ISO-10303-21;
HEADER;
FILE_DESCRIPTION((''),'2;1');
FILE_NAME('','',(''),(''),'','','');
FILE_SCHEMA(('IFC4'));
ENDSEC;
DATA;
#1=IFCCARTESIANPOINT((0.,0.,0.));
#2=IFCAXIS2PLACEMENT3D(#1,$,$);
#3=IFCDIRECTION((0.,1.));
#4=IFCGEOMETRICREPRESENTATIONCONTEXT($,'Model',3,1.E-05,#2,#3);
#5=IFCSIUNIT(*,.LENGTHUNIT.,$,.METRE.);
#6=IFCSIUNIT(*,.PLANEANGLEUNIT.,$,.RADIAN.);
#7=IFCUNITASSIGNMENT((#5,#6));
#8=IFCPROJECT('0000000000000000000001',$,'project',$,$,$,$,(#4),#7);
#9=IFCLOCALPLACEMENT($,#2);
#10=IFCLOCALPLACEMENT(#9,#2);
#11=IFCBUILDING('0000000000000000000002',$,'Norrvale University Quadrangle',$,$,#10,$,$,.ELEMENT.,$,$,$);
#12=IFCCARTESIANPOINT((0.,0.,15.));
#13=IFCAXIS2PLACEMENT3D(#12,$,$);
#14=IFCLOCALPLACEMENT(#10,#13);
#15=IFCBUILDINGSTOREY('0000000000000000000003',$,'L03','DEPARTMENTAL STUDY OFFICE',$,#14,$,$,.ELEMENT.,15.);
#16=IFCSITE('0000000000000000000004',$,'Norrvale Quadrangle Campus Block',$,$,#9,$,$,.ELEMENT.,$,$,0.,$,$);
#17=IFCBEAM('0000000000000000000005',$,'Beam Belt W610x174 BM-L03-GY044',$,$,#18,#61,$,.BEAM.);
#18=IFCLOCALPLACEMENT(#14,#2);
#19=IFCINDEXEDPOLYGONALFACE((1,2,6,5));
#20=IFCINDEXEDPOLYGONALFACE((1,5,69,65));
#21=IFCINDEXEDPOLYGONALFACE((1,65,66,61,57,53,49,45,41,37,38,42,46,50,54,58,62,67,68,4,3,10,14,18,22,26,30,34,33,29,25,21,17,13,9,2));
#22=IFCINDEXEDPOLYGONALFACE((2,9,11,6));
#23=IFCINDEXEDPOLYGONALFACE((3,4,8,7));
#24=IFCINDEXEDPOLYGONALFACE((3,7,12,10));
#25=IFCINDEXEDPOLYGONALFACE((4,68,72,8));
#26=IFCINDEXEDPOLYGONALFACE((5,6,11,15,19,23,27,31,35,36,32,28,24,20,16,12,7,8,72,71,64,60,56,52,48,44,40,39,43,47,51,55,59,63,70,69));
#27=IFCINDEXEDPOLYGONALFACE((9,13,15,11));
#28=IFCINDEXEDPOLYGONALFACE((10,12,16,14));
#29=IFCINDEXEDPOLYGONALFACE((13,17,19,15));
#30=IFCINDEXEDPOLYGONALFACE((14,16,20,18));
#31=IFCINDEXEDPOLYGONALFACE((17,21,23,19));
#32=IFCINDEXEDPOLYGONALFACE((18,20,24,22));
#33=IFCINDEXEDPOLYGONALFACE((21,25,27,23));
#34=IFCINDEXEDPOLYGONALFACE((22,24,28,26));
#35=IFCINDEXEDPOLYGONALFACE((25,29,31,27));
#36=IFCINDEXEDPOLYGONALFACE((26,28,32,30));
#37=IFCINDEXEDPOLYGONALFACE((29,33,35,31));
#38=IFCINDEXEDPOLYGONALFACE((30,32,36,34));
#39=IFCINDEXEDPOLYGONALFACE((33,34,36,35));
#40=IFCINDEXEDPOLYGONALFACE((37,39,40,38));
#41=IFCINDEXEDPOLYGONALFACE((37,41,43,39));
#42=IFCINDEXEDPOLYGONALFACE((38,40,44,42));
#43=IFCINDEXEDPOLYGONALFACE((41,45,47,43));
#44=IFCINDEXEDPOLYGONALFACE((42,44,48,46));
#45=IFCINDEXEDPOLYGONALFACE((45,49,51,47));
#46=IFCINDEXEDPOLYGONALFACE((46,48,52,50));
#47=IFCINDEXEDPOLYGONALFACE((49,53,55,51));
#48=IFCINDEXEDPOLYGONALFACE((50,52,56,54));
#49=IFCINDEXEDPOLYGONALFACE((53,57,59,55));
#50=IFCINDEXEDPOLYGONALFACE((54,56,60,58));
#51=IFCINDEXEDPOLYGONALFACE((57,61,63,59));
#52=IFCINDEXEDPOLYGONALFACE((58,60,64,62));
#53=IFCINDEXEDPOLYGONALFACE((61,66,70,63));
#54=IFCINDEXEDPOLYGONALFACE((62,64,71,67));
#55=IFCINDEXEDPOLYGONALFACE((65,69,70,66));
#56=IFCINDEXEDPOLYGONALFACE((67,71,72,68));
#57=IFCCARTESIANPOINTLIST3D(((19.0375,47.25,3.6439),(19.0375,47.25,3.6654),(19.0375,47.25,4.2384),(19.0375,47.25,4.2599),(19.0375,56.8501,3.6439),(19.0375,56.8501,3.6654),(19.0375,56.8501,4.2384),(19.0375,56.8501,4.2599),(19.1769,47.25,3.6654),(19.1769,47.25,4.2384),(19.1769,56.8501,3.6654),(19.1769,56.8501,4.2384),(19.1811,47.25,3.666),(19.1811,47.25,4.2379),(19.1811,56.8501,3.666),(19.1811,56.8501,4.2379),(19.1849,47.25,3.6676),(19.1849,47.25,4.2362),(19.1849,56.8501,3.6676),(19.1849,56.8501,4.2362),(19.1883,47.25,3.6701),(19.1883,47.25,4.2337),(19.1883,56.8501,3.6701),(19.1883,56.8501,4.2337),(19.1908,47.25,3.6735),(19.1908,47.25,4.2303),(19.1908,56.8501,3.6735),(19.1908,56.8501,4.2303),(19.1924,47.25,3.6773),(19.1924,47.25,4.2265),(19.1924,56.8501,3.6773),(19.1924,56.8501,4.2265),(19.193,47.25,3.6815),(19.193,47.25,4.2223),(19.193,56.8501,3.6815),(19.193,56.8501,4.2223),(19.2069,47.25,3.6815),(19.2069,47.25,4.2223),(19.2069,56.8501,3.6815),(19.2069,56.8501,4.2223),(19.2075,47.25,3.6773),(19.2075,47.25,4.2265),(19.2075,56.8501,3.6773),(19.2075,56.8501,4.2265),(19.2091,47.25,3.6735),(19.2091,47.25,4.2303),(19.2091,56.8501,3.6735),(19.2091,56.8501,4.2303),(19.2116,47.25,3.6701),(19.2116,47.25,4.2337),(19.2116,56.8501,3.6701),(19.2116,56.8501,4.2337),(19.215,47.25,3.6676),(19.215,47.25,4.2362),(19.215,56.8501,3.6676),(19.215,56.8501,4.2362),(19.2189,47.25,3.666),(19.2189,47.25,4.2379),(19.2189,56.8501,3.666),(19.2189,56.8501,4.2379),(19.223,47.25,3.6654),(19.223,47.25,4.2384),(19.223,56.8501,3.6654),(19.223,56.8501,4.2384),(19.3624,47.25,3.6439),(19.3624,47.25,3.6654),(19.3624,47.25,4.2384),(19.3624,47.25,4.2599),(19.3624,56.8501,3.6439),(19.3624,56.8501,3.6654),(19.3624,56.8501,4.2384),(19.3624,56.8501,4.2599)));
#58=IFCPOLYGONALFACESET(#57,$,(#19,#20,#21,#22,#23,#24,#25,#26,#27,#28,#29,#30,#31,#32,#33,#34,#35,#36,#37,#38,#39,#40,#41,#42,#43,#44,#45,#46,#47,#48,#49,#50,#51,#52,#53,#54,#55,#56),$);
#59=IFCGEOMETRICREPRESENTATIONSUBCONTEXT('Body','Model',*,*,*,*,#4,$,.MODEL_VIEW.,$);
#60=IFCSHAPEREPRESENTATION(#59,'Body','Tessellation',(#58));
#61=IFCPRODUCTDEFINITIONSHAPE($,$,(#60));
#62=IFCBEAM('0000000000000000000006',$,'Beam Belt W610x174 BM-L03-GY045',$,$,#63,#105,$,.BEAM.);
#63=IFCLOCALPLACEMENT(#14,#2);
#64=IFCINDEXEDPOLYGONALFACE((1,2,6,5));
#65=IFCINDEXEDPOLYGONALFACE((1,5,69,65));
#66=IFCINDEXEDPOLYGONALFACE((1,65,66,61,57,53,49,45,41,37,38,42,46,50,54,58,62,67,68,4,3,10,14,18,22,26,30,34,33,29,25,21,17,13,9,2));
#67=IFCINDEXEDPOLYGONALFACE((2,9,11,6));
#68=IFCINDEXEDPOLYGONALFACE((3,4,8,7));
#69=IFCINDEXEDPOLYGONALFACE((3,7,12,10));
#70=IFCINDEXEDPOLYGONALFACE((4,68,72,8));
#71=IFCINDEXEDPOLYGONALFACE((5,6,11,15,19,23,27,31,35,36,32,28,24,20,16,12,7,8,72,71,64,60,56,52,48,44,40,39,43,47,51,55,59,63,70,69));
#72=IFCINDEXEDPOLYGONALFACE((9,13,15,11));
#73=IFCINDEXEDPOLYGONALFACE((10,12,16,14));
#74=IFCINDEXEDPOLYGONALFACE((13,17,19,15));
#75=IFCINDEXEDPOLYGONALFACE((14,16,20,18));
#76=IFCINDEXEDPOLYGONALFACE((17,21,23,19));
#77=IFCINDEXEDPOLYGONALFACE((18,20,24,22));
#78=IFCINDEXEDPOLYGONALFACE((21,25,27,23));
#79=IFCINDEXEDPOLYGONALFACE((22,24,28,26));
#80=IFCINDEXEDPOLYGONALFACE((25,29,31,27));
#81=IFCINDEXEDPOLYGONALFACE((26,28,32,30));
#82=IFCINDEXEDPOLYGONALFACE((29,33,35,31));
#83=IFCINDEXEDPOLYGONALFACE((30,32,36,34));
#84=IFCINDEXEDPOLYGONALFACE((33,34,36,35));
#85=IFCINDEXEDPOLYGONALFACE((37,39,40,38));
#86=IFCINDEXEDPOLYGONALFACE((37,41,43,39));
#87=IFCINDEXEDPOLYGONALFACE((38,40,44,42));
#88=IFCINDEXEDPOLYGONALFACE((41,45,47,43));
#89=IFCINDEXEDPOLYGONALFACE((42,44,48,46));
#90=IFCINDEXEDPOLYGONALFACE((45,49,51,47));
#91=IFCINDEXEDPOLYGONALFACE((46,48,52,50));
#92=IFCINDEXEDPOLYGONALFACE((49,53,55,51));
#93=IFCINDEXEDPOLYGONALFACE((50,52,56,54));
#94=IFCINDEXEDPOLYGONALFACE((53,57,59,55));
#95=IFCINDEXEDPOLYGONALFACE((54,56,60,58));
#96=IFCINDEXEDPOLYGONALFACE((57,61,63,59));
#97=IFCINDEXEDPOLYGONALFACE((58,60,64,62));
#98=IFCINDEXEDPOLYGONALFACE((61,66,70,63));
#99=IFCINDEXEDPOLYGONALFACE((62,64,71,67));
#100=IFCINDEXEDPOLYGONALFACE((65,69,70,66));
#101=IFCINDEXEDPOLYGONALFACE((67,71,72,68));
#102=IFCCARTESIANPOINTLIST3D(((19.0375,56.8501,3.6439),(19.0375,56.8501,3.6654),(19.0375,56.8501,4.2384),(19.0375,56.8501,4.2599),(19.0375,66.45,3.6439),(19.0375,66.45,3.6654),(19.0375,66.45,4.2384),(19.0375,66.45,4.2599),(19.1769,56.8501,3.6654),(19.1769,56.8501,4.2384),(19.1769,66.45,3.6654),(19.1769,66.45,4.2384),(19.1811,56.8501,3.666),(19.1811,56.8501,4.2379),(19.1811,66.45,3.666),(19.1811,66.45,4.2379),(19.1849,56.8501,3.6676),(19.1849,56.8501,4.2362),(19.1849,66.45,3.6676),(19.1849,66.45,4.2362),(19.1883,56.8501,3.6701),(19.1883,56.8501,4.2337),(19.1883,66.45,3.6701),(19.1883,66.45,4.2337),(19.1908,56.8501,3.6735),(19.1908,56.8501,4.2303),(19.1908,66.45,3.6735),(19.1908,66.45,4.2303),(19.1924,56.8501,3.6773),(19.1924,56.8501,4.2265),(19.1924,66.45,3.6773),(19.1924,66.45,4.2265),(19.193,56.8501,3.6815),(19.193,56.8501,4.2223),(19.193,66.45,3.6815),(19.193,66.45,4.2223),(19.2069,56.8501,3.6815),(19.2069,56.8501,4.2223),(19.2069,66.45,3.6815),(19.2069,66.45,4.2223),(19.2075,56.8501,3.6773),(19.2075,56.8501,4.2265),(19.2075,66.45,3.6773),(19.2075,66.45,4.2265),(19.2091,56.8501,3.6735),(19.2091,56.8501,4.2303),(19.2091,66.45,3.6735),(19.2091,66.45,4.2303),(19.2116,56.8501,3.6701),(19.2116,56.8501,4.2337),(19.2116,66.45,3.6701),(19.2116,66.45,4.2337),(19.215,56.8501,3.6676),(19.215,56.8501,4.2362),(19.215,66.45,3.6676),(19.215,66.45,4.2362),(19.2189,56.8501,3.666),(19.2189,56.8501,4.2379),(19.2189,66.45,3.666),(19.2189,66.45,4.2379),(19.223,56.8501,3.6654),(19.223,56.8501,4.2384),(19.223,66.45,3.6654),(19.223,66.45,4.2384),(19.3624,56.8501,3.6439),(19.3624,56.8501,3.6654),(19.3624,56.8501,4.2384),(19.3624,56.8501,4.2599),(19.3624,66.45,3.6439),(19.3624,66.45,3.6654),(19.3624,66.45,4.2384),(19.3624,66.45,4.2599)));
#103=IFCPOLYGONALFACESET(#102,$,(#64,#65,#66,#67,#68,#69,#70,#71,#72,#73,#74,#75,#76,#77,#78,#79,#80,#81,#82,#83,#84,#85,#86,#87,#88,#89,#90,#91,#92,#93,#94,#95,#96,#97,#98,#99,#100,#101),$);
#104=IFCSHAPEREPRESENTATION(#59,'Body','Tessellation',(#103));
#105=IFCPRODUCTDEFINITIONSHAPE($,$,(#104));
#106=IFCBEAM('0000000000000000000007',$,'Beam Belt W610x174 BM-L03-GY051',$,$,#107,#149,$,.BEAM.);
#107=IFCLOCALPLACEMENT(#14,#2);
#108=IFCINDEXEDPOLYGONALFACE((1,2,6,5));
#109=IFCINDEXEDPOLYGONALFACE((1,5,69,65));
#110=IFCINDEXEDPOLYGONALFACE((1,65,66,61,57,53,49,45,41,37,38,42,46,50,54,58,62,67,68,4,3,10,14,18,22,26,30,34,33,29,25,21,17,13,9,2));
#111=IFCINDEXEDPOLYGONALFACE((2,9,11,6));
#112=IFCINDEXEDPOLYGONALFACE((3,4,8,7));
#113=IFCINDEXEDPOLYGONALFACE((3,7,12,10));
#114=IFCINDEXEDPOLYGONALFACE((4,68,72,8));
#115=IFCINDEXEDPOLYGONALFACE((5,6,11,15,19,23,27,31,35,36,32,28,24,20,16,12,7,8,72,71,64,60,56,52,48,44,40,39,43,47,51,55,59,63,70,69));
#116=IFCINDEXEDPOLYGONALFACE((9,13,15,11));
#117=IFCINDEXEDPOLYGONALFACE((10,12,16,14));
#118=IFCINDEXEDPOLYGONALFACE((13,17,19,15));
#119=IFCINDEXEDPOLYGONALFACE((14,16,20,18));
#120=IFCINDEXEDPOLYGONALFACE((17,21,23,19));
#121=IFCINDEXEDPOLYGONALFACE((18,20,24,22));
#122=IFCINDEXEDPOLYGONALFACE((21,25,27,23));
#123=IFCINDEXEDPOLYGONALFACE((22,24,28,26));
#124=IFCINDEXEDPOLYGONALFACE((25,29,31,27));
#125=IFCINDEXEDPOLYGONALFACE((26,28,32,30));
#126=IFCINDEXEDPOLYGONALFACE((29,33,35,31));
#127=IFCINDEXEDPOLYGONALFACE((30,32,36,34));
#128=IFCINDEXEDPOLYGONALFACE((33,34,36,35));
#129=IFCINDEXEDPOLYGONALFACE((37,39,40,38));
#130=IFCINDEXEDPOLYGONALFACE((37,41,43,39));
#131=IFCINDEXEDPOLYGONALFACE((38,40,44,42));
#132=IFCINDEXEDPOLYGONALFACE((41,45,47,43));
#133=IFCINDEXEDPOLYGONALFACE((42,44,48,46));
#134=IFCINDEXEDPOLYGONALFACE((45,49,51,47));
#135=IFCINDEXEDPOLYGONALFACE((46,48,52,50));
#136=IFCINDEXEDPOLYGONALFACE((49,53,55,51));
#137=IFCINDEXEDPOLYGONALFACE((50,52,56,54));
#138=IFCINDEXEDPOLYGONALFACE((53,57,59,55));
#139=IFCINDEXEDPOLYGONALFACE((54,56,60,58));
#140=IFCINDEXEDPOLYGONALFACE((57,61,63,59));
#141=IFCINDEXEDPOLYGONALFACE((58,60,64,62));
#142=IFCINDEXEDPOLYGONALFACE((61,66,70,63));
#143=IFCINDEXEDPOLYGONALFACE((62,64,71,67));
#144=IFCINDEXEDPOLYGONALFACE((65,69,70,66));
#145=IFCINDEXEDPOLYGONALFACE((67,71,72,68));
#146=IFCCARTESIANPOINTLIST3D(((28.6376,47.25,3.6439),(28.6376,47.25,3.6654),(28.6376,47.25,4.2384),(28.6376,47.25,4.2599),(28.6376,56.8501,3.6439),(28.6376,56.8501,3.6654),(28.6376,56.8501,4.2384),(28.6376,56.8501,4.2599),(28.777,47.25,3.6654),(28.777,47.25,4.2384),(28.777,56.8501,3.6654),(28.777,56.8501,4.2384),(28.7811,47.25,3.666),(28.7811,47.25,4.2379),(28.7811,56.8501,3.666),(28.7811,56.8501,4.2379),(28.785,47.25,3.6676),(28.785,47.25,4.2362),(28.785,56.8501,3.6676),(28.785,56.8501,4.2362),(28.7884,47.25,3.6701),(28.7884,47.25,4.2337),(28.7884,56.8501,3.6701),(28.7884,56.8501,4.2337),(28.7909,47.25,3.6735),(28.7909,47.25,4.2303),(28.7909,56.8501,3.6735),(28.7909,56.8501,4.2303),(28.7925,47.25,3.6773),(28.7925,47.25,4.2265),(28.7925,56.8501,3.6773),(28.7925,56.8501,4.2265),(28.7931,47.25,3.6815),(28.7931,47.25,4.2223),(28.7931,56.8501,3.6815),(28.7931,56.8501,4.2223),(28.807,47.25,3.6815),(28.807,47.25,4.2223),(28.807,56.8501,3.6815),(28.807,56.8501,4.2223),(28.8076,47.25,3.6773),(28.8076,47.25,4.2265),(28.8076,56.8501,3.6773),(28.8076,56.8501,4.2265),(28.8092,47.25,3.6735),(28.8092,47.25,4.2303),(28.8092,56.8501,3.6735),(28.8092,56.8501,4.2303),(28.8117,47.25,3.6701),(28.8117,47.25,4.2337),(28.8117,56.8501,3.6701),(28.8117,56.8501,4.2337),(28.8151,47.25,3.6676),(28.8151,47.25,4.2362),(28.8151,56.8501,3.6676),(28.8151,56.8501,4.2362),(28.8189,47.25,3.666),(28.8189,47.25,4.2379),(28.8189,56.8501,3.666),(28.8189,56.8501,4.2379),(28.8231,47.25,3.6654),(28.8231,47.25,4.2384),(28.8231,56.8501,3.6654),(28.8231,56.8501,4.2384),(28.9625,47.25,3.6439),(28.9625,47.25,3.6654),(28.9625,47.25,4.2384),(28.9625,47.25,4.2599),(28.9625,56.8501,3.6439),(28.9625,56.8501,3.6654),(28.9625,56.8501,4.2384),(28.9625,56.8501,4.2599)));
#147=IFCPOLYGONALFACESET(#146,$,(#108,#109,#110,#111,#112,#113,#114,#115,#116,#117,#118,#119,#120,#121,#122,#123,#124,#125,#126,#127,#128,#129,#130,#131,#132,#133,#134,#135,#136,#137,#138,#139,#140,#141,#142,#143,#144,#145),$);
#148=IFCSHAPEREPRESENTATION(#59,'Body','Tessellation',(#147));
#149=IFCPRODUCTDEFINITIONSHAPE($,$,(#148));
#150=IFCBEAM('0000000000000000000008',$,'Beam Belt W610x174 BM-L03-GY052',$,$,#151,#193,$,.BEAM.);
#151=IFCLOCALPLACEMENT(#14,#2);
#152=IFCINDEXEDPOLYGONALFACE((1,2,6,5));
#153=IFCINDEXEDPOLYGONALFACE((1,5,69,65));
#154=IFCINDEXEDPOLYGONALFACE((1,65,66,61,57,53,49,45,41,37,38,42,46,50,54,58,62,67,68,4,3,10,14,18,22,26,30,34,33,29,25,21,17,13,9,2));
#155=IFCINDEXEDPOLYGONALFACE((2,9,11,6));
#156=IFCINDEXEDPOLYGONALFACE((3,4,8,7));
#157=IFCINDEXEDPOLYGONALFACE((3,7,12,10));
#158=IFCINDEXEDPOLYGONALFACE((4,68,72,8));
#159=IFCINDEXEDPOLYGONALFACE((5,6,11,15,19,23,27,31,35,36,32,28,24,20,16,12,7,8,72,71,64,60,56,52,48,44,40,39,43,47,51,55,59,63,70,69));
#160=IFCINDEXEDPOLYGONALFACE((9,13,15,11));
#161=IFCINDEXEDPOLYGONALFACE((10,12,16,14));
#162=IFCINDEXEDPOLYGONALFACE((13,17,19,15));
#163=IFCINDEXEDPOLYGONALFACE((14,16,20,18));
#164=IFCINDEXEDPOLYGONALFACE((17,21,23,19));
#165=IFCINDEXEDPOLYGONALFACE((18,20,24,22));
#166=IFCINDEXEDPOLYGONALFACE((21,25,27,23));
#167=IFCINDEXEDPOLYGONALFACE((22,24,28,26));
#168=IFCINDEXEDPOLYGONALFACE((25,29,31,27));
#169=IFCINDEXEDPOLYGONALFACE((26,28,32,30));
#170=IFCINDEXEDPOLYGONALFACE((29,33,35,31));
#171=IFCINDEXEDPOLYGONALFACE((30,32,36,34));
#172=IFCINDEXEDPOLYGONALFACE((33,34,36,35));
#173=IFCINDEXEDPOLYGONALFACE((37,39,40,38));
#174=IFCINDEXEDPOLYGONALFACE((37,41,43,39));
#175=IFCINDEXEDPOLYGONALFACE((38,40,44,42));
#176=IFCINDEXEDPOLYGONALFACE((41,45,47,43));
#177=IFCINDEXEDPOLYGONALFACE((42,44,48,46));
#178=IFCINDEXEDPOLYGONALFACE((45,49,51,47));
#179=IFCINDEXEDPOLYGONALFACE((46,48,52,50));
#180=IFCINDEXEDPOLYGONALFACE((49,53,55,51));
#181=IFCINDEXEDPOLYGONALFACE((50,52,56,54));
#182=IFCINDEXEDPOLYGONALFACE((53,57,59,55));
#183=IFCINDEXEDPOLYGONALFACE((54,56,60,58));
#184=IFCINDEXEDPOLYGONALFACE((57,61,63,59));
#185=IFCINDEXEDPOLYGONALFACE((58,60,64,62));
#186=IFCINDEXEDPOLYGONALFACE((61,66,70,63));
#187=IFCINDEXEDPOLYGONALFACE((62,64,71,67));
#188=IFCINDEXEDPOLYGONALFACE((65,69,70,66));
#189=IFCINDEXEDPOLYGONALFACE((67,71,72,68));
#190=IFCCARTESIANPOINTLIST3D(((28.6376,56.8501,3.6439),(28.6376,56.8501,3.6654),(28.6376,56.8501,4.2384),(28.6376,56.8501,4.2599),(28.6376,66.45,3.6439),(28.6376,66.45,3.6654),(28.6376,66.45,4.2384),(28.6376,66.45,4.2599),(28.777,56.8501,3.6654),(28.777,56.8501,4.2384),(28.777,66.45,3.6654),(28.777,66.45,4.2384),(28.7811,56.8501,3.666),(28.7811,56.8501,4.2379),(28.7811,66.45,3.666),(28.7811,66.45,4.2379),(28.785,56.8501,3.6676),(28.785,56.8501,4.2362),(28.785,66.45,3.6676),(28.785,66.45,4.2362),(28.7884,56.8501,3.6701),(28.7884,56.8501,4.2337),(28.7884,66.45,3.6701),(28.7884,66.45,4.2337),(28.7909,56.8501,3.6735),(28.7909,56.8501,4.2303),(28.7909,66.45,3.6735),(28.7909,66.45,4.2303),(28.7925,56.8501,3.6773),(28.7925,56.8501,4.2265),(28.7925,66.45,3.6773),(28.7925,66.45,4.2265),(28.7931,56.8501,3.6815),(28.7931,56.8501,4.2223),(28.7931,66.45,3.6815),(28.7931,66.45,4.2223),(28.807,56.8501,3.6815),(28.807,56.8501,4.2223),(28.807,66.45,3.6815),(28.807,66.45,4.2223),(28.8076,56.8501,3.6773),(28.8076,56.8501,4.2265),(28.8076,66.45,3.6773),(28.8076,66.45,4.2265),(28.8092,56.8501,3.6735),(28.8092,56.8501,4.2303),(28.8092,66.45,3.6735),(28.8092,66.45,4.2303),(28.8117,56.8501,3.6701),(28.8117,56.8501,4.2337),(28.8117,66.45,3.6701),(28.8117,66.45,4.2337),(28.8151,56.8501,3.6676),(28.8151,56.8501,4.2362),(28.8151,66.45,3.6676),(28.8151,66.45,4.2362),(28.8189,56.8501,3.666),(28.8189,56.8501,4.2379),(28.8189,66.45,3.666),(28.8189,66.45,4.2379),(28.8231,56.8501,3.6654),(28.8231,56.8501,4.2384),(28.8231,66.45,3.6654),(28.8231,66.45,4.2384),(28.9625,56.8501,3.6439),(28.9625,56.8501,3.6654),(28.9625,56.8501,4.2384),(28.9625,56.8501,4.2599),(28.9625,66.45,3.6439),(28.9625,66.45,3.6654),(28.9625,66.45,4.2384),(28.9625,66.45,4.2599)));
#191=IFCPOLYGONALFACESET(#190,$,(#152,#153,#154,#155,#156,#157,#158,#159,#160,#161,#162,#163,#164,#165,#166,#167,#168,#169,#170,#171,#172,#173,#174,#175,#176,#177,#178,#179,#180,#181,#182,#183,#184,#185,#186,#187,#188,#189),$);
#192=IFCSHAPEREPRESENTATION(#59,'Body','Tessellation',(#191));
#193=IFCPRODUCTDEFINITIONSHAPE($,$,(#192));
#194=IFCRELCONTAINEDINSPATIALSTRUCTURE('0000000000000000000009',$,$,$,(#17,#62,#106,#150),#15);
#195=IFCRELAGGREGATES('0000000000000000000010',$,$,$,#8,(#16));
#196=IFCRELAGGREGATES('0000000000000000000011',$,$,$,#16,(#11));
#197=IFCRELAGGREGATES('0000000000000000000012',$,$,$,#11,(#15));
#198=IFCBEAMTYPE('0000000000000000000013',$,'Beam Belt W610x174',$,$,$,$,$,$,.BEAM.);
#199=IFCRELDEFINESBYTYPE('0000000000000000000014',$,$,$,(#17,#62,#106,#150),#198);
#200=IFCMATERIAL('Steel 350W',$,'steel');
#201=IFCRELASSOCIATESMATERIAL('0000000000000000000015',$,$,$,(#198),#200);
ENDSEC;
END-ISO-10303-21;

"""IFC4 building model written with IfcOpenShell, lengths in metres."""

from ifc_helpers import new_model, si_unit, direction, frame, origin, origin_2d, place, context, subcontext, project, spatial, i_section, extrude, material, material_profile, profile_set, type_object, element, save


model = new_model("IFC4")

# Units and contexts
model_context = context("Model", 3, precision=1e-05, world=origin(), true_north=direction((0.0, 1.0)))
body_context = subcontext(model_context, "Body", "Model", "MODEL_VIEW")
ifc_project = project(units=[si_unit("LENGTHUNIT", "METRE"), si_unit("PLANEANGLEUNIT", "RADIAN")], contexts=[model_context])

# Site, building, storey
site_placement = place(None, origin())
site = spatial("IfcSite", under=ifc_project, at=site_placement, Name="Norrvale Quadrangle Campus Block", CompositionType="ELEMENT", RefElevation=0.0)
building_placement = place(site_placement, origin())
building = spatial("IfcBuilding", under=site, at=building_placement, Name="Norrvale University Quadrangle", CompositionType="ELEMENT")
storey_placement = place(building_placement, frame((0.0, 0.0, 15.0)))
storey = spatial("IfcBuildingStorey", under=building, at=storey_placement, Name="L03", Description="DEPARTMENTAL STUDY OFFICE", CompositionType="ELEMENT", Elevation=15.0)

# Beams
ifc_material_1 = material(Name="Steel 350W", Category="steel")
ifc_material_profile_1 = material_profile(ifc_material_1, i_section(OverallWidth=0.325, OverallDepth=0.616, WebThickness=0.0139, FlangeThickness=0.0215, FilletRadius=0.0161, at=origin_2d()), Name="Steel 350W")
ifc_profile_set_1 = profile_set([ifc_material_profile_1], Name="Steel 350W")
beam_type_1 = type_object("IfcBeamType", Name="Beam Belt W610x174", PredefinedType="BEAM", material=ifc_profile_set_1)
for number, where, z_axis, x_axis, name in (
    (1, (19.2, 47.25, 3.9519), (0.0, 1.0, 0.0), (-1.0, 0.0, 0.0), "Beam Belt W610x174 BM-L03-GY044"),
):
    element("IfcBeam", number, at=place(storey_placement, frame(where, z_axis=z_axis, x_axis=x_axis)), inside=storey, type_object=beam_type_1, Name=name, PredefinedType="BEAM", context=body_context, shape_type="SweptSolid", body=[
        extrude(i_section(OverallWidth=0.325, OverallDepth=0.616, WebThickness=0.0139, FlangeThickness=0.0215, FilletRadius=0.0161, at=origin_2d()), origin(), (0.0, 0.0, 1.0), 9.6001),
    ])
beam_1_placement = place(storey_placement, frame((19.2, 56.8501, 3.9519), z_axis=(0.0, 1.0, 0.0), x_axis=(-1.0, 0.0, 0.0)))
element("IfcBeam", 2, at=beam_1_placement, inside=storey, type_object=beam_type_1, Name="Beam Belt W610x174 BM-L03-GY045", PredefinedType="BEAM", context=body_context, shape_type="SweptSolid", body=[
    extrude(i_section(OverallWidth=0.325, OverallDepth=0.616, WebThickness=0.0139, FlangeThickness=0.0215, FilletRadius=0.0161, at=origin_2d()), origin(), (0.0, 0.0, 1.0), 9.5999),
])
beam_2_placement = place(storey_placement, frame((28.8, 47.25, 3.9519), z_axis=(0.0, 1.0, 0.0), x_axis=(-1.0, 0.0, 0.0)))
element("IfcBeam", 3, at=beam_2_placement, inside=storey, type_object=beam_type_1, Name="Beam Belt W610x174 BM-L03-GY051", PredefinedType="BEAM", context=body_context, shape_type="SweptSolid", body=[
    extrude(i_section(OverallWidth=0.325, OverallDepth=0.616, WebThickness=0.0139, FlangeThickness=0.0215, FilletRadius=0.0161, at=origin_2d()), origin(), (0.0, 0.0, 1.0), 9.6001),
])
beam_3_placement = place(storey_placement, frame((28.8, 56.8501, 3.9519), z_axis=(0.0, 1.0, 0.0), x_axis=(-1.0, 0.0, 0.0)))
element("IfcBeam", 4, at=beam_3_placement, inside=storey, type_object=beam_type_1, Name="Beam Belt W610x174 BM-L03-GY052", PredefinedType="BEAM", context=body_context, shape_type="SweptSolid", body=[
    extrude(i_section(OverallWidth=0.325, OverallDepth=0.616, WebThickness=0.0139, FlangeThickness=0.0215, FilletRadius=0.0161, at=origin_2d()), origin(), (0.0, 0.0, 1.0), 9.5999),
])

save(model, "model.ifc")
